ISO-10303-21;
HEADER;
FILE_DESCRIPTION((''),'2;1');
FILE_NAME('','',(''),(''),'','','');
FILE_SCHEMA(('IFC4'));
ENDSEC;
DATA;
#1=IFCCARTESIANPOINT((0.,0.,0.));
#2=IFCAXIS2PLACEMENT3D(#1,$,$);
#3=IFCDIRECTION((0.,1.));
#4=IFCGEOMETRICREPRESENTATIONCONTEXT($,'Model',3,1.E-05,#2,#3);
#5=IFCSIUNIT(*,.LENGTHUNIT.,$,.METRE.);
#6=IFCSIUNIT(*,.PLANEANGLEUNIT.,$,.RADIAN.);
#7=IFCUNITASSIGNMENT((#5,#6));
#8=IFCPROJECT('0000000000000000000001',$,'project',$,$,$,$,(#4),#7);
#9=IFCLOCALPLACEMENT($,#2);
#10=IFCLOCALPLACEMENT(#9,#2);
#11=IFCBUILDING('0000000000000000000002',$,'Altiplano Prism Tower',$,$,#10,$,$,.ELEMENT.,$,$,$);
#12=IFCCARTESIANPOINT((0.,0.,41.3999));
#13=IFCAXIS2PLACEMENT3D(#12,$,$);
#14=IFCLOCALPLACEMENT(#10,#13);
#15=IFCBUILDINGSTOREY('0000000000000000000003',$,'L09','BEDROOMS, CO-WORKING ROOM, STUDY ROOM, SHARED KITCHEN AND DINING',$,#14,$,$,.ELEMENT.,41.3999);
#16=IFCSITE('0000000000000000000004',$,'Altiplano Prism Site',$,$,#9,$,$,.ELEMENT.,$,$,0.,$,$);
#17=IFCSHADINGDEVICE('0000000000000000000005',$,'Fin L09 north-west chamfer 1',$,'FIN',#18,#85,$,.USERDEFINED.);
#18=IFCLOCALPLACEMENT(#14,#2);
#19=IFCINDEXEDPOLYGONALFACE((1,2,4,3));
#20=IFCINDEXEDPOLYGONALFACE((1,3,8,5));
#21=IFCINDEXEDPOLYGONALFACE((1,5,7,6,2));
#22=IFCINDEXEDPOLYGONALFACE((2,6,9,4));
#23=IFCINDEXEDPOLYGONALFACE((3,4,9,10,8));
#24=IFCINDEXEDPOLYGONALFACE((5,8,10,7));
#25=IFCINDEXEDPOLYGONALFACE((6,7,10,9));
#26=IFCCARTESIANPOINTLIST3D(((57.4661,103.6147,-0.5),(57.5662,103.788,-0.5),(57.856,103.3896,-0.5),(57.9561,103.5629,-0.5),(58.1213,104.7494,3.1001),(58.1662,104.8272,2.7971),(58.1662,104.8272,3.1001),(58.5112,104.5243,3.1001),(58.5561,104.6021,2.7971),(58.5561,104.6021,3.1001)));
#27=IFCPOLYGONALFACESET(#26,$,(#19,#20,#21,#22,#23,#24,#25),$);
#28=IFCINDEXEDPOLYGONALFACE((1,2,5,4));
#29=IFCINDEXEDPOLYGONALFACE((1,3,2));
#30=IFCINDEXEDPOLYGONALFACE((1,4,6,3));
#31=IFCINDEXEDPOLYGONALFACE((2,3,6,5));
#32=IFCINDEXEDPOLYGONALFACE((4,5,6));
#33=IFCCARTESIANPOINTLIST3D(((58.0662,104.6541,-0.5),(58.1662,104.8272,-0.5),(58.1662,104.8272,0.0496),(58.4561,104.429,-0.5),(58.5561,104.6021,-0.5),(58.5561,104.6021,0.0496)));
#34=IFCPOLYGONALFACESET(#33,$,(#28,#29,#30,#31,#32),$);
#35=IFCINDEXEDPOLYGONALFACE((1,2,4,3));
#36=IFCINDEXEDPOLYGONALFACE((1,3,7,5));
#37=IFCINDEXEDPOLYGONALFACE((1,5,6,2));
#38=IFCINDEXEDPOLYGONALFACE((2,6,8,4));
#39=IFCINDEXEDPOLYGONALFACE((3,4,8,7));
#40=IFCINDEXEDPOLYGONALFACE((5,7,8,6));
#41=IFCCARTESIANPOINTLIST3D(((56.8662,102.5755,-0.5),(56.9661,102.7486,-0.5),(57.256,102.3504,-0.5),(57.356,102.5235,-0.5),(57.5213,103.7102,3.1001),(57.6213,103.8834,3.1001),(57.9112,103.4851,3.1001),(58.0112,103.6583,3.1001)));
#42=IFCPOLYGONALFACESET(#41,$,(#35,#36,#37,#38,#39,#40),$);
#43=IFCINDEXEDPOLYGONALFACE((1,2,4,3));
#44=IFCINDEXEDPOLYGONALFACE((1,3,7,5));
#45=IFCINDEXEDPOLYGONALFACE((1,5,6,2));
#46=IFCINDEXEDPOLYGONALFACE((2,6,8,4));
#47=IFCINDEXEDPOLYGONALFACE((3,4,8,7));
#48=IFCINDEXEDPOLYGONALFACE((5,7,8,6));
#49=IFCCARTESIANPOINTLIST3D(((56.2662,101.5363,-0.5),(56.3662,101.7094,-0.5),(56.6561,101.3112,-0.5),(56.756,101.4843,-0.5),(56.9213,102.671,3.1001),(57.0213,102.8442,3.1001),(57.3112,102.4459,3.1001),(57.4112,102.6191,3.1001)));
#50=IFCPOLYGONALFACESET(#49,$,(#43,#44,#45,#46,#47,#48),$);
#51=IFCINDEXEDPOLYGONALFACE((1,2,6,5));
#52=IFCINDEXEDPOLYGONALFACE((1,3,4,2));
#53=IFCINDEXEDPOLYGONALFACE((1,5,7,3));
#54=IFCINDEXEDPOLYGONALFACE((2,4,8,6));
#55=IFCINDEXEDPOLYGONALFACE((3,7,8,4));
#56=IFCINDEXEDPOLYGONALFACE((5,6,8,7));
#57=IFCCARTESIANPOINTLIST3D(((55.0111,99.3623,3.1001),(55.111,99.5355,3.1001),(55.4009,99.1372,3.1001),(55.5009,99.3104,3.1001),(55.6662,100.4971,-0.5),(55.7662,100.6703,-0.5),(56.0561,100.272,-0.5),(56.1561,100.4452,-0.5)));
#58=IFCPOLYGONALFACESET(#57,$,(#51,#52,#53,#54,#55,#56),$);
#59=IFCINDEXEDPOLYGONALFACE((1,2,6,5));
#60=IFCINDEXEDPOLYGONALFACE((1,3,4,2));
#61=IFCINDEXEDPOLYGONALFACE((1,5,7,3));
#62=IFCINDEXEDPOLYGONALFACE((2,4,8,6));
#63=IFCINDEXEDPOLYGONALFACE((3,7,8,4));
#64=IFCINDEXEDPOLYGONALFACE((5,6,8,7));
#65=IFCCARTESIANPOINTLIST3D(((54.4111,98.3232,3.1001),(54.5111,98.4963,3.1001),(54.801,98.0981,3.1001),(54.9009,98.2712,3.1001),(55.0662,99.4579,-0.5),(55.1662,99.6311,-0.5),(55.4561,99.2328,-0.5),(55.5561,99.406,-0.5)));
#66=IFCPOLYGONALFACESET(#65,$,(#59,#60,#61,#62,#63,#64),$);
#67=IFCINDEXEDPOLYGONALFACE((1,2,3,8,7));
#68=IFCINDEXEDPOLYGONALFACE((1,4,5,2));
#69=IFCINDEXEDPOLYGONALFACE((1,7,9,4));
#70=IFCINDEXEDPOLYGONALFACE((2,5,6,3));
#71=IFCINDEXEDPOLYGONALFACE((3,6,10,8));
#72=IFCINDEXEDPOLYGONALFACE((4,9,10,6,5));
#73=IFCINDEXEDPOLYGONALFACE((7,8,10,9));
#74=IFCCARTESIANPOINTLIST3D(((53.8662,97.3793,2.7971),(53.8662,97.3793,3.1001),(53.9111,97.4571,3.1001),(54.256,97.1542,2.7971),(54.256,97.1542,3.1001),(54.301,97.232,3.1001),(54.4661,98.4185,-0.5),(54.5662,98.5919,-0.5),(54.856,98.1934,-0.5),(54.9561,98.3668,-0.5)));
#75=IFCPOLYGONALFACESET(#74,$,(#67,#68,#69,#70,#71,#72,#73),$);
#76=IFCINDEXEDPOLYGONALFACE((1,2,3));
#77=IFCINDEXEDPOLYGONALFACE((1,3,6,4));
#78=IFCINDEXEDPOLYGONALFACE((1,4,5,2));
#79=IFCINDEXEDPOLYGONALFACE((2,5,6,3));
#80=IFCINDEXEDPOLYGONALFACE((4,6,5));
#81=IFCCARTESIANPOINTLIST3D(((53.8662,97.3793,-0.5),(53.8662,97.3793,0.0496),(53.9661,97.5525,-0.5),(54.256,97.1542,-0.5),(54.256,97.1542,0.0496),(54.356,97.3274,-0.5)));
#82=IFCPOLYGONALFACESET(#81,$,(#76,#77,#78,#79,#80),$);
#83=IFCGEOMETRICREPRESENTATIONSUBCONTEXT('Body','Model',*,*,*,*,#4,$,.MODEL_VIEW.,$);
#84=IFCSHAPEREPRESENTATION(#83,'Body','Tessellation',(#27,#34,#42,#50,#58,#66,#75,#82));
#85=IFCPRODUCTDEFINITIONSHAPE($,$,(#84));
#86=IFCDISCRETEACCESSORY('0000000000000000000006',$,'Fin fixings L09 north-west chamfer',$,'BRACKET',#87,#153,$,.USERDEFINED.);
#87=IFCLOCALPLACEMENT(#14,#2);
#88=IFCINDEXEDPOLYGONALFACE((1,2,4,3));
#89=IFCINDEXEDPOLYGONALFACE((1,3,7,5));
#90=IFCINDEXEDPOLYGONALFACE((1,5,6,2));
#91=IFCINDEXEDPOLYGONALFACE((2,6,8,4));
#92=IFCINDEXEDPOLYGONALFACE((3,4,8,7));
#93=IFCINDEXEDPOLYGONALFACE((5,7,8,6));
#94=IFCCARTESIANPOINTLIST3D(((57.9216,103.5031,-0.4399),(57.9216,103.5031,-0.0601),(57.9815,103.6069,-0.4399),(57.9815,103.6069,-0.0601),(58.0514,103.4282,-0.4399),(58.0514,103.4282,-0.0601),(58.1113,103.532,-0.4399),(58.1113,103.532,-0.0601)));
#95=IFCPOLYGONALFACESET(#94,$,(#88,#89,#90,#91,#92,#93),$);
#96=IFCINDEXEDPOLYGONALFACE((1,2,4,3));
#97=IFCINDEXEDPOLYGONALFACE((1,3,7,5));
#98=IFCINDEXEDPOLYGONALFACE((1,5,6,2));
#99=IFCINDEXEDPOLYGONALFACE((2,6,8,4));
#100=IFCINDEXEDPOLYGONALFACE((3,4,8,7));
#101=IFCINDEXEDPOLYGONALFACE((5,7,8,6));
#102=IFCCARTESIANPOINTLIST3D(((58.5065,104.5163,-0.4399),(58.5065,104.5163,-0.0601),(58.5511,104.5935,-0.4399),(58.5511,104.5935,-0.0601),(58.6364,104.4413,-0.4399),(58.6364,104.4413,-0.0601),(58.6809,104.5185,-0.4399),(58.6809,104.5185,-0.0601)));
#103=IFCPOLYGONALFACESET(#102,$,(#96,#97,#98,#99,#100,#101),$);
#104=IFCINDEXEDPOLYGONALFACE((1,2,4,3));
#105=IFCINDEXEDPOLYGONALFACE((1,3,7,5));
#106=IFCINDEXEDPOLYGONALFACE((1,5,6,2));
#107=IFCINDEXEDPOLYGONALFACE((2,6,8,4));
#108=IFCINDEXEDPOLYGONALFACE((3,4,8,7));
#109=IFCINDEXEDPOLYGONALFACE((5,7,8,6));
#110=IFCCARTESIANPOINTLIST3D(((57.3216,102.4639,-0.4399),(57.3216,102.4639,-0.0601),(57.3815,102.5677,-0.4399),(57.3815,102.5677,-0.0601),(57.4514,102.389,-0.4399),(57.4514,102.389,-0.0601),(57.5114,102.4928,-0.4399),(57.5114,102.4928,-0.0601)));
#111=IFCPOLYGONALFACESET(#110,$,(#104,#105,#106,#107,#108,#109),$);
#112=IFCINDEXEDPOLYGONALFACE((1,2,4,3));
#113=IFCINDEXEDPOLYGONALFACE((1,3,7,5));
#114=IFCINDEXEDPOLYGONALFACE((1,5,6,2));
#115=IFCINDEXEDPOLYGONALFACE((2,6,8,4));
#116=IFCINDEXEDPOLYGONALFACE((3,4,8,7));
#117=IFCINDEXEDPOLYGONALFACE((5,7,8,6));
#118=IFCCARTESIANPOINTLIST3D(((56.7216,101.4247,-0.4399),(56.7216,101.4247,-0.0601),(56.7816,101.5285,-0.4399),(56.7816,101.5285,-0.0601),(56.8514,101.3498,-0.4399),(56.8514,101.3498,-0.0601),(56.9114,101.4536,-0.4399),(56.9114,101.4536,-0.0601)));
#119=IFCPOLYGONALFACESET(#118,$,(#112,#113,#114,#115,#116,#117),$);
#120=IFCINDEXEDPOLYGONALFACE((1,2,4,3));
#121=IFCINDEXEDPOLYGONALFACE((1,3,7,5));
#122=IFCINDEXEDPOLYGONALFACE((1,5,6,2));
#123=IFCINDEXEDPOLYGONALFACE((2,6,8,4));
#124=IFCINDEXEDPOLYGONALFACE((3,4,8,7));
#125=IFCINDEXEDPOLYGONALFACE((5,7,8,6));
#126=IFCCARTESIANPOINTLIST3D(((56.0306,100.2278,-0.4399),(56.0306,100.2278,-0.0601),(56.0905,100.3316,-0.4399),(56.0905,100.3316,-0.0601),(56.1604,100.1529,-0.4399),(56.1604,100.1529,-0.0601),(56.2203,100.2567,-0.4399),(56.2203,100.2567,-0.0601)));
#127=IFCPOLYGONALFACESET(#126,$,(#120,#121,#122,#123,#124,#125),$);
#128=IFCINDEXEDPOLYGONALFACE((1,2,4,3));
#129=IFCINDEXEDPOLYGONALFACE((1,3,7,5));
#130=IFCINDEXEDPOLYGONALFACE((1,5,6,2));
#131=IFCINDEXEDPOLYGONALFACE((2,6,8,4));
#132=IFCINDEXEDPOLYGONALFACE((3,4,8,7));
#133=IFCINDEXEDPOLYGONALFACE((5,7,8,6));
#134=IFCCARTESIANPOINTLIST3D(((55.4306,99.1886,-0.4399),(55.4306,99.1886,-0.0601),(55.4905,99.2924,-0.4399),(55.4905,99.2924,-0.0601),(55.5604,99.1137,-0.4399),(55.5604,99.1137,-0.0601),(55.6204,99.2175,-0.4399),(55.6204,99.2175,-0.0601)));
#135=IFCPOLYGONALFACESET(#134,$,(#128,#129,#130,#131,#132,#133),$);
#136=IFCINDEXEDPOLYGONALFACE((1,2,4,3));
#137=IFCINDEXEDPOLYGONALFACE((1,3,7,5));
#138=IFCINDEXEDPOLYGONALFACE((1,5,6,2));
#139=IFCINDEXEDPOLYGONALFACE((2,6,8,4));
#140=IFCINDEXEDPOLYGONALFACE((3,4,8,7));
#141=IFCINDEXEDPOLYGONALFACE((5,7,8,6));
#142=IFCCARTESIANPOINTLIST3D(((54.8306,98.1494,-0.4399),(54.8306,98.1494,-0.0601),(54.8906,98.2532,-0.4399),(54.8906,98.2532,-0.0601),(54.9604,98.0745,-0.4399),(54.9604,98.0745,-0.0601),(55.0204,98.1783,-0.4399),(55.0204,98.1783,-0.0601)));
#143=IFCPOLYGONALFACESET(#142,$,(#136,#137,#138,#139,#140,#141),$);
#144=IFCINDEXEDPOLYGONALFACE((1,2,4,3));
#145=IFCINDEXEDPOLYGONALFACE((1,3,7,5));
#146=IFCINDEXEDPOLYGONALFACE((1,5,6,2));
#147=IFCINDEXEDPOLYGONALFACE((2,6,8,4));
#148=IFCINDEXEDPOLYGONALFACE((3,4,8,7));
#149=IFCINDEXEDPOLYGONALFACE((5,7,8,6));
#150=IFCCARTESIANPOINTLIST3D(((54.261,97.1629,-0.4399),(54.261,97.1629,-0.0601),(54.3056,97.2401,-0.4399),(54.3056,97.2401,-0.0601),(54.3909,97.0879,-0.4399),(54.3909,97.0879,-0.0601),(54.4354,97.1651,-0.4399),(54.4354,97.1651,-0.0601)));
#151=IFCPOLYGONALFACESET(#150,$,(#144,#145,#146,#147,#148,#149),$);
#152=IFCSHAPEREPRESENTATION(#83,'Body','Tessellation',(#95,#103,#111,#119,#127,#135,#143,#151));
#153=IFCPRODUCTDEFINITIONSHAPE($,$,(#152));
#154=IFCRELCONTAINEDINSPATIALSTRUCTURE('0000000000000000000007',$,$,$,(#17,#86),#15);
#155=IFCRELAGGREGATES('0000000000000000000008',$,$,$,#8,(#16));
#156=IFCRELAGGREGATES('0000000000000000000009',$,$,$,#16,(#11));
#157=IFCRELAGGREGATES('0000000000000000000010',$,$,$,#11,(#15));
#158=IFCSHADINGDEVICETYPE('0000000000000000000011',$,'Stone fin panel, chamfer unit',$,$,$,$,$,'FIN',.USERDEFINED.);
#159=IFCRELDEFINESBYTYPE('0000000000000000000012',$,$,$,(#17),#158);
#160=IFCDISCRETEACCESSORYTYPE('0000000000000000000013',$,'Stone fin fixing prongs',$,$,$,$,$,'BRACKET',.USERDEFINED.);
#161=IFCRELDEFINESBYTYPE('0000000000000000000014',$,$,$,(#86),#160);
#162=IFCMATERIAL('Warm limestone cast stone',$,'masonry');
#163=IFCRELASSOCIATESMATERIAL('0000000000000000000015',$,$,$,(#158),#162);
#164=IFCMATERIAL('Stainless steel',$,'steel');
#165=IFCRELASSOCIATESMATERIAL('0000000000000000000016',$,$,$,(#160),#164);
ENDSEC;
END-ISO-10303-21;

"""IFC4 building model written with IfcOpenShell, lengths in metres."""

from ifc_helpers import new_model, si_unit, direction, frame, origin, place, context, subcontext, project, spatial, polyline, outline, extrude, source, transform, mapped, material, type_object, element, save


model = new_model("IFC4")

# Units and contexts
model_context = context("Model", 3, precision=1e-05, world=origin(), true_north=direction((0.0, 1.0)))
body_context = subcontext(model_context, "Body", "Model", "MODEL_VIEW")
ifc_project = project(units=[si_unit("LENGTHUNIT", "METRE"), si_unit("PLANEANGLEUNIT", "RADIAN")], contexts=[model_context])

# Site, building, storey
site_placement = place(None, origin())
site = spatial("IfcSite", under=ifc_project, at=site_placement, Name="Altiplano Prism Site", CompositionType="ELEMENT", RefElevation=0.0)
building_placement = place(site_placement, origin())
building = spatial("IfcBuilding", under=site, at=building_placement, Name="Altiplano Prism Tower", CompositionType="ELEMENT")
storey_placement = place(building_placement, frame((0.0, 0.0, 41.3999)))
storey = spatial("IfcBuildingStorey", under=building, at=storey_placement, Name="L09", Description="BEDROOMS, CO-WORKING ROOM, STUDY ROOM, SHARED KITCHEN AND DINING", CompositionType="ELEMENT", Elevation=41.3999)

# Shading device
ifc_material_1 = material(Name="Warm limestone cast stone", Category="masonry")
shading_device_type_1 = type_object("IfcShadingDeviceType", Name="Stone fin panel, chamfer unit", ElementType="FIN", PredefinedType="USERDEFINED", material=ifc_material_1)
shared_shape_1 = source(origin(), body_context, "Body", "SweptSolid", [
    extrude(outline(polyline([(-4.3, 3.6001), (-4.3, 3.2971), (-3.1001, 0.0), (-2.8999, 0.0), (-4.2102, 3.6001), (-4.3, 3.6001)])), frame((0.0, -0.1499, 0.0), z_axis=(0.0, -1.0, 0.0), x_axis=(1.0, 0.0, 0.0)), (0.0, 0.0, 1.0), 0.4502),
    extrude(outline(polyline([(-4.3, 0.5496), (-4.3, 0.0), (-4.1001, 0.0), (-4.3, 0.5496)])), frame((0.0, -0.1499, 0.0), z_axis=(0.0, -1.0, 0.0), x_axis=(1.0, 0.0, 0.0)), (0.0, 0.0, 1.0), 0.4502),
    extrude(outline(polyline([(-3.2102, 3.6001), (-1.8999, 0.0), (-1.7, 0.0), (-3.0103, 3.6001), (-3.2102, 3.6001)])), frame((0.0, -0.1499, 0.0), z_axis=(0.0, -1.0, 0.0), x_axis=(1.0, 0.0, 0.0)), (0.0, 0.0, 1.0), 0.4502),
    extrude(outline(polyline([(-2.0103, 3.6001), (-0.7, 0.0), (-0.5, 0.0), (-1.8103, 3.6001), (-2.0103, 3.6001)])), frame((0.0, -0.1499, 0.0), z_axis=(0.0, -1.0, 0.0), x_axis=(1.0, 0.0, 0.0)), (0.0, 0.0, 1.0), 0.4502),
    extrude(outline(polyline([(1.8103, 3.6001), (0.5, 0.0), (0.7, 0.0), (2.0103, 3.6001), (1.8103, 3.6001)])), frame((0.0, -0.1499, 0.0), z_axis=(0.0, -1.0, 0.0), x_axis=(1.0, 0.0, 0.0)), (0.0, 0.0, 1.0), 0.4502),
    extrude(outline(polyline([(3.0103, 3.6001), (1.7, 0.0), (1.8999, 0.0), (3.2102, 3.6001), (3.0103, 3.6001)])), frame((0.0, -0.1499, 0.0), z_axis=(0.0, -1.0, 0.0), x_axis=(1.0, 0.0, 0.0)), (0.0, 0.0, 1.0), 0.4502),
    extrude(outline(polyline([(4.2102, 3.6001), (2.8999, 0.0), (3.1001, 0.0), (4.3, 3.2971), (4.3, 3.6001), (4.2102, 3.6001)])), frame((0.0, -0.1499, 0.0), z_axis=(0.0, -1.0, 0.0), x_axis=(1.0, 0.0, 0.0)), (0.0, 0.0, 1.0), 0.4502),
    extrude(outline(polyline([(4.3, 0.0), (4.3, 0.5496), (4.1001, 0.0), (4.3, 0.0)])), frame((0.0, -0.1499, 0.0), z_axis=(0.0, -1.0, 0.0), x_axis=(1.0, 0.0, 0.0)), (0.0, 0.0, 1.0), 0.4502),
])
shading_device_1_placement = place(storey_placement, origin())
element("IfcShadingDevice", 1, at=shading_device_1_placement, inside=storey, type_object=shading_device_type_1, Name="Fin L09 north-west chamfer 1", ObjectType="FIN", PredefinedType="USERDEFINED", context=body_context, shape_type="MappedRepresentation", body=[
    mapped(shared_shape_1, transform((56.5359, 100.8032, -0.5), x_axis=(-0.5, -0.866025, 0.0), y_axis=(0.866025, -0.5, 0.0), z_axis=(0.0, 0.0, 1.0))),
])

# Discrete accessory
ifc_material_2 = material(Name="Stainless steel", Category="steel")
discrete_accessory_type = type_object("IfcDiscreteAccessoryType", Name="Stone fin fixing prongs", ElementType="BRACKET", PredefinedType="USERDEFINED", material=ifc_material_2)
shared_shape_2 = source(origin(), body_context, "Body", "SweptSolid", [
    extrude(outline(polyline([(-3.1509, 0.0601), (-3.031, 0.0601), (-3.031, 0.4399), (-3.1509, 0.4399), (-3.1509, 0.0601)])), frame((0.0, 0.0, 0.0), z_axis=(0.0, -1.0, 0.0), x_axis=(1.0, 0.0, 0.0)), (0.0, 0.0, 1.0), 0.1499),
    extrude(outline(polyline([(-4.29, 0.0601), (-4.2009, 0.0601), (-4.2009, 0.4399), (-4.29, 0.4399), (-4.29, 0.0601)])), frame((0.0, 0.0, 0.0), z_axis=(0.0, -1.0, 0.0), x_axis=(1.0, 0.0, 0.0)), (0.0, 0.0, 1.0), 0.1499),
    extrude(outline(polyline([(-1.9509, 0.0601), (-1.8311, 0.0601), (-1.8311, 0.4399), (-1.9509, 0.4399), (-1.9509, 0.0601)])), frame((0.0, 0.0, 0.0), z_axis=(0.0, -1.0, 0.0), x_axis=(1.0, 0.0, 0.0)), (0.0, 0.0, 1.0), 0.1499),
    extrude(outline(polyline([(-0.751, 0.0601), (-0.6311, 0.0601), (-0.6311, 0.4399), (-0.751, 0.4399), (-0.751, 0.0601)])), frame((0.0, 0.0, 0.0), z_axis=(0.0, -1.0, 0.0), x_axis=(1.0, 0.0, 0.0)), (0.0, 0.0, 1.0), 0.1499),
    extrude(outline(polyline([(0.6311, 0.0601), (0.751, 0.0601), (0.751, 0.4399), (0.6311, 0.4399), (0.6311, 0.0601)])), frame((0.0, 0.0, 0.0), z_axis=(0.0, -1.0, 0.0), x_axis=(1.0, 0.0, 0.0)), (0.0, 0.0, 1.0), 0.1499),
    extrude(outline(polyline([(1.8311, 0.0601), (1.9509, 0.0601), (1.9509, 0.4399), (1.8311, 0.4399), (1.8311, 0.0601)])), frame((0.0, 0.0, 0.0), z_axis=(0.0, -1.0, 0.0), x_axis=(1.0, 0.0, 0.0)), (0.0, 0.0, 1.0), 0.1499),
    extrude(outline(polyline([(3.031, 0.0601), (3.1509, 0.0601), (3.1509, 0.4399), (3.031, 0.4399), (3.031, 0.0601)])), frame((0.0, 0.0, 0.0), z_axis=(0.0, -1.0, 0.0), x_axis=(1.0, 0.0, 0.0)), (0.0, 0.0, 1.0), 0.1499),
    extrude(outline(polyline([(4.2009, 0.0601), (4.29, 0.0601), (4.29, 0.4399), (4.2009, 0.4399), (4.2009, 0.0601)])), frame((0.0, 0.0, 0.0), z_axis=(0.0, -1.0, 0.0), x_axis=(1.0, 0.0, 0.0)), (0.0, 0.0, 1.0), 0.1499),
])
discrete_accessory_1_placement = place(storey_placement, origin())
element("IfcDiscreteAccessory", 2, at=discrete_accessory_1_placement, inside=storey, type_object=discrete_accessory_type, Name="Fin fixings L09 north-west chamfer", ObjectType="BRACKET", PredefinedType="USERDEFINED", context=body_context, shape_type="MappedRepresentation", body=[
    mapped(shared_shape_2, transform((56.5359, 100.8032, -0.5), x_axis=(-0.5, -0.866025, 0.0), y_axis=(0.866025, -0.5, 0.0), z_axis=(0.0, 0.0, 1.0))),
])

save(model, "model.ifc")
